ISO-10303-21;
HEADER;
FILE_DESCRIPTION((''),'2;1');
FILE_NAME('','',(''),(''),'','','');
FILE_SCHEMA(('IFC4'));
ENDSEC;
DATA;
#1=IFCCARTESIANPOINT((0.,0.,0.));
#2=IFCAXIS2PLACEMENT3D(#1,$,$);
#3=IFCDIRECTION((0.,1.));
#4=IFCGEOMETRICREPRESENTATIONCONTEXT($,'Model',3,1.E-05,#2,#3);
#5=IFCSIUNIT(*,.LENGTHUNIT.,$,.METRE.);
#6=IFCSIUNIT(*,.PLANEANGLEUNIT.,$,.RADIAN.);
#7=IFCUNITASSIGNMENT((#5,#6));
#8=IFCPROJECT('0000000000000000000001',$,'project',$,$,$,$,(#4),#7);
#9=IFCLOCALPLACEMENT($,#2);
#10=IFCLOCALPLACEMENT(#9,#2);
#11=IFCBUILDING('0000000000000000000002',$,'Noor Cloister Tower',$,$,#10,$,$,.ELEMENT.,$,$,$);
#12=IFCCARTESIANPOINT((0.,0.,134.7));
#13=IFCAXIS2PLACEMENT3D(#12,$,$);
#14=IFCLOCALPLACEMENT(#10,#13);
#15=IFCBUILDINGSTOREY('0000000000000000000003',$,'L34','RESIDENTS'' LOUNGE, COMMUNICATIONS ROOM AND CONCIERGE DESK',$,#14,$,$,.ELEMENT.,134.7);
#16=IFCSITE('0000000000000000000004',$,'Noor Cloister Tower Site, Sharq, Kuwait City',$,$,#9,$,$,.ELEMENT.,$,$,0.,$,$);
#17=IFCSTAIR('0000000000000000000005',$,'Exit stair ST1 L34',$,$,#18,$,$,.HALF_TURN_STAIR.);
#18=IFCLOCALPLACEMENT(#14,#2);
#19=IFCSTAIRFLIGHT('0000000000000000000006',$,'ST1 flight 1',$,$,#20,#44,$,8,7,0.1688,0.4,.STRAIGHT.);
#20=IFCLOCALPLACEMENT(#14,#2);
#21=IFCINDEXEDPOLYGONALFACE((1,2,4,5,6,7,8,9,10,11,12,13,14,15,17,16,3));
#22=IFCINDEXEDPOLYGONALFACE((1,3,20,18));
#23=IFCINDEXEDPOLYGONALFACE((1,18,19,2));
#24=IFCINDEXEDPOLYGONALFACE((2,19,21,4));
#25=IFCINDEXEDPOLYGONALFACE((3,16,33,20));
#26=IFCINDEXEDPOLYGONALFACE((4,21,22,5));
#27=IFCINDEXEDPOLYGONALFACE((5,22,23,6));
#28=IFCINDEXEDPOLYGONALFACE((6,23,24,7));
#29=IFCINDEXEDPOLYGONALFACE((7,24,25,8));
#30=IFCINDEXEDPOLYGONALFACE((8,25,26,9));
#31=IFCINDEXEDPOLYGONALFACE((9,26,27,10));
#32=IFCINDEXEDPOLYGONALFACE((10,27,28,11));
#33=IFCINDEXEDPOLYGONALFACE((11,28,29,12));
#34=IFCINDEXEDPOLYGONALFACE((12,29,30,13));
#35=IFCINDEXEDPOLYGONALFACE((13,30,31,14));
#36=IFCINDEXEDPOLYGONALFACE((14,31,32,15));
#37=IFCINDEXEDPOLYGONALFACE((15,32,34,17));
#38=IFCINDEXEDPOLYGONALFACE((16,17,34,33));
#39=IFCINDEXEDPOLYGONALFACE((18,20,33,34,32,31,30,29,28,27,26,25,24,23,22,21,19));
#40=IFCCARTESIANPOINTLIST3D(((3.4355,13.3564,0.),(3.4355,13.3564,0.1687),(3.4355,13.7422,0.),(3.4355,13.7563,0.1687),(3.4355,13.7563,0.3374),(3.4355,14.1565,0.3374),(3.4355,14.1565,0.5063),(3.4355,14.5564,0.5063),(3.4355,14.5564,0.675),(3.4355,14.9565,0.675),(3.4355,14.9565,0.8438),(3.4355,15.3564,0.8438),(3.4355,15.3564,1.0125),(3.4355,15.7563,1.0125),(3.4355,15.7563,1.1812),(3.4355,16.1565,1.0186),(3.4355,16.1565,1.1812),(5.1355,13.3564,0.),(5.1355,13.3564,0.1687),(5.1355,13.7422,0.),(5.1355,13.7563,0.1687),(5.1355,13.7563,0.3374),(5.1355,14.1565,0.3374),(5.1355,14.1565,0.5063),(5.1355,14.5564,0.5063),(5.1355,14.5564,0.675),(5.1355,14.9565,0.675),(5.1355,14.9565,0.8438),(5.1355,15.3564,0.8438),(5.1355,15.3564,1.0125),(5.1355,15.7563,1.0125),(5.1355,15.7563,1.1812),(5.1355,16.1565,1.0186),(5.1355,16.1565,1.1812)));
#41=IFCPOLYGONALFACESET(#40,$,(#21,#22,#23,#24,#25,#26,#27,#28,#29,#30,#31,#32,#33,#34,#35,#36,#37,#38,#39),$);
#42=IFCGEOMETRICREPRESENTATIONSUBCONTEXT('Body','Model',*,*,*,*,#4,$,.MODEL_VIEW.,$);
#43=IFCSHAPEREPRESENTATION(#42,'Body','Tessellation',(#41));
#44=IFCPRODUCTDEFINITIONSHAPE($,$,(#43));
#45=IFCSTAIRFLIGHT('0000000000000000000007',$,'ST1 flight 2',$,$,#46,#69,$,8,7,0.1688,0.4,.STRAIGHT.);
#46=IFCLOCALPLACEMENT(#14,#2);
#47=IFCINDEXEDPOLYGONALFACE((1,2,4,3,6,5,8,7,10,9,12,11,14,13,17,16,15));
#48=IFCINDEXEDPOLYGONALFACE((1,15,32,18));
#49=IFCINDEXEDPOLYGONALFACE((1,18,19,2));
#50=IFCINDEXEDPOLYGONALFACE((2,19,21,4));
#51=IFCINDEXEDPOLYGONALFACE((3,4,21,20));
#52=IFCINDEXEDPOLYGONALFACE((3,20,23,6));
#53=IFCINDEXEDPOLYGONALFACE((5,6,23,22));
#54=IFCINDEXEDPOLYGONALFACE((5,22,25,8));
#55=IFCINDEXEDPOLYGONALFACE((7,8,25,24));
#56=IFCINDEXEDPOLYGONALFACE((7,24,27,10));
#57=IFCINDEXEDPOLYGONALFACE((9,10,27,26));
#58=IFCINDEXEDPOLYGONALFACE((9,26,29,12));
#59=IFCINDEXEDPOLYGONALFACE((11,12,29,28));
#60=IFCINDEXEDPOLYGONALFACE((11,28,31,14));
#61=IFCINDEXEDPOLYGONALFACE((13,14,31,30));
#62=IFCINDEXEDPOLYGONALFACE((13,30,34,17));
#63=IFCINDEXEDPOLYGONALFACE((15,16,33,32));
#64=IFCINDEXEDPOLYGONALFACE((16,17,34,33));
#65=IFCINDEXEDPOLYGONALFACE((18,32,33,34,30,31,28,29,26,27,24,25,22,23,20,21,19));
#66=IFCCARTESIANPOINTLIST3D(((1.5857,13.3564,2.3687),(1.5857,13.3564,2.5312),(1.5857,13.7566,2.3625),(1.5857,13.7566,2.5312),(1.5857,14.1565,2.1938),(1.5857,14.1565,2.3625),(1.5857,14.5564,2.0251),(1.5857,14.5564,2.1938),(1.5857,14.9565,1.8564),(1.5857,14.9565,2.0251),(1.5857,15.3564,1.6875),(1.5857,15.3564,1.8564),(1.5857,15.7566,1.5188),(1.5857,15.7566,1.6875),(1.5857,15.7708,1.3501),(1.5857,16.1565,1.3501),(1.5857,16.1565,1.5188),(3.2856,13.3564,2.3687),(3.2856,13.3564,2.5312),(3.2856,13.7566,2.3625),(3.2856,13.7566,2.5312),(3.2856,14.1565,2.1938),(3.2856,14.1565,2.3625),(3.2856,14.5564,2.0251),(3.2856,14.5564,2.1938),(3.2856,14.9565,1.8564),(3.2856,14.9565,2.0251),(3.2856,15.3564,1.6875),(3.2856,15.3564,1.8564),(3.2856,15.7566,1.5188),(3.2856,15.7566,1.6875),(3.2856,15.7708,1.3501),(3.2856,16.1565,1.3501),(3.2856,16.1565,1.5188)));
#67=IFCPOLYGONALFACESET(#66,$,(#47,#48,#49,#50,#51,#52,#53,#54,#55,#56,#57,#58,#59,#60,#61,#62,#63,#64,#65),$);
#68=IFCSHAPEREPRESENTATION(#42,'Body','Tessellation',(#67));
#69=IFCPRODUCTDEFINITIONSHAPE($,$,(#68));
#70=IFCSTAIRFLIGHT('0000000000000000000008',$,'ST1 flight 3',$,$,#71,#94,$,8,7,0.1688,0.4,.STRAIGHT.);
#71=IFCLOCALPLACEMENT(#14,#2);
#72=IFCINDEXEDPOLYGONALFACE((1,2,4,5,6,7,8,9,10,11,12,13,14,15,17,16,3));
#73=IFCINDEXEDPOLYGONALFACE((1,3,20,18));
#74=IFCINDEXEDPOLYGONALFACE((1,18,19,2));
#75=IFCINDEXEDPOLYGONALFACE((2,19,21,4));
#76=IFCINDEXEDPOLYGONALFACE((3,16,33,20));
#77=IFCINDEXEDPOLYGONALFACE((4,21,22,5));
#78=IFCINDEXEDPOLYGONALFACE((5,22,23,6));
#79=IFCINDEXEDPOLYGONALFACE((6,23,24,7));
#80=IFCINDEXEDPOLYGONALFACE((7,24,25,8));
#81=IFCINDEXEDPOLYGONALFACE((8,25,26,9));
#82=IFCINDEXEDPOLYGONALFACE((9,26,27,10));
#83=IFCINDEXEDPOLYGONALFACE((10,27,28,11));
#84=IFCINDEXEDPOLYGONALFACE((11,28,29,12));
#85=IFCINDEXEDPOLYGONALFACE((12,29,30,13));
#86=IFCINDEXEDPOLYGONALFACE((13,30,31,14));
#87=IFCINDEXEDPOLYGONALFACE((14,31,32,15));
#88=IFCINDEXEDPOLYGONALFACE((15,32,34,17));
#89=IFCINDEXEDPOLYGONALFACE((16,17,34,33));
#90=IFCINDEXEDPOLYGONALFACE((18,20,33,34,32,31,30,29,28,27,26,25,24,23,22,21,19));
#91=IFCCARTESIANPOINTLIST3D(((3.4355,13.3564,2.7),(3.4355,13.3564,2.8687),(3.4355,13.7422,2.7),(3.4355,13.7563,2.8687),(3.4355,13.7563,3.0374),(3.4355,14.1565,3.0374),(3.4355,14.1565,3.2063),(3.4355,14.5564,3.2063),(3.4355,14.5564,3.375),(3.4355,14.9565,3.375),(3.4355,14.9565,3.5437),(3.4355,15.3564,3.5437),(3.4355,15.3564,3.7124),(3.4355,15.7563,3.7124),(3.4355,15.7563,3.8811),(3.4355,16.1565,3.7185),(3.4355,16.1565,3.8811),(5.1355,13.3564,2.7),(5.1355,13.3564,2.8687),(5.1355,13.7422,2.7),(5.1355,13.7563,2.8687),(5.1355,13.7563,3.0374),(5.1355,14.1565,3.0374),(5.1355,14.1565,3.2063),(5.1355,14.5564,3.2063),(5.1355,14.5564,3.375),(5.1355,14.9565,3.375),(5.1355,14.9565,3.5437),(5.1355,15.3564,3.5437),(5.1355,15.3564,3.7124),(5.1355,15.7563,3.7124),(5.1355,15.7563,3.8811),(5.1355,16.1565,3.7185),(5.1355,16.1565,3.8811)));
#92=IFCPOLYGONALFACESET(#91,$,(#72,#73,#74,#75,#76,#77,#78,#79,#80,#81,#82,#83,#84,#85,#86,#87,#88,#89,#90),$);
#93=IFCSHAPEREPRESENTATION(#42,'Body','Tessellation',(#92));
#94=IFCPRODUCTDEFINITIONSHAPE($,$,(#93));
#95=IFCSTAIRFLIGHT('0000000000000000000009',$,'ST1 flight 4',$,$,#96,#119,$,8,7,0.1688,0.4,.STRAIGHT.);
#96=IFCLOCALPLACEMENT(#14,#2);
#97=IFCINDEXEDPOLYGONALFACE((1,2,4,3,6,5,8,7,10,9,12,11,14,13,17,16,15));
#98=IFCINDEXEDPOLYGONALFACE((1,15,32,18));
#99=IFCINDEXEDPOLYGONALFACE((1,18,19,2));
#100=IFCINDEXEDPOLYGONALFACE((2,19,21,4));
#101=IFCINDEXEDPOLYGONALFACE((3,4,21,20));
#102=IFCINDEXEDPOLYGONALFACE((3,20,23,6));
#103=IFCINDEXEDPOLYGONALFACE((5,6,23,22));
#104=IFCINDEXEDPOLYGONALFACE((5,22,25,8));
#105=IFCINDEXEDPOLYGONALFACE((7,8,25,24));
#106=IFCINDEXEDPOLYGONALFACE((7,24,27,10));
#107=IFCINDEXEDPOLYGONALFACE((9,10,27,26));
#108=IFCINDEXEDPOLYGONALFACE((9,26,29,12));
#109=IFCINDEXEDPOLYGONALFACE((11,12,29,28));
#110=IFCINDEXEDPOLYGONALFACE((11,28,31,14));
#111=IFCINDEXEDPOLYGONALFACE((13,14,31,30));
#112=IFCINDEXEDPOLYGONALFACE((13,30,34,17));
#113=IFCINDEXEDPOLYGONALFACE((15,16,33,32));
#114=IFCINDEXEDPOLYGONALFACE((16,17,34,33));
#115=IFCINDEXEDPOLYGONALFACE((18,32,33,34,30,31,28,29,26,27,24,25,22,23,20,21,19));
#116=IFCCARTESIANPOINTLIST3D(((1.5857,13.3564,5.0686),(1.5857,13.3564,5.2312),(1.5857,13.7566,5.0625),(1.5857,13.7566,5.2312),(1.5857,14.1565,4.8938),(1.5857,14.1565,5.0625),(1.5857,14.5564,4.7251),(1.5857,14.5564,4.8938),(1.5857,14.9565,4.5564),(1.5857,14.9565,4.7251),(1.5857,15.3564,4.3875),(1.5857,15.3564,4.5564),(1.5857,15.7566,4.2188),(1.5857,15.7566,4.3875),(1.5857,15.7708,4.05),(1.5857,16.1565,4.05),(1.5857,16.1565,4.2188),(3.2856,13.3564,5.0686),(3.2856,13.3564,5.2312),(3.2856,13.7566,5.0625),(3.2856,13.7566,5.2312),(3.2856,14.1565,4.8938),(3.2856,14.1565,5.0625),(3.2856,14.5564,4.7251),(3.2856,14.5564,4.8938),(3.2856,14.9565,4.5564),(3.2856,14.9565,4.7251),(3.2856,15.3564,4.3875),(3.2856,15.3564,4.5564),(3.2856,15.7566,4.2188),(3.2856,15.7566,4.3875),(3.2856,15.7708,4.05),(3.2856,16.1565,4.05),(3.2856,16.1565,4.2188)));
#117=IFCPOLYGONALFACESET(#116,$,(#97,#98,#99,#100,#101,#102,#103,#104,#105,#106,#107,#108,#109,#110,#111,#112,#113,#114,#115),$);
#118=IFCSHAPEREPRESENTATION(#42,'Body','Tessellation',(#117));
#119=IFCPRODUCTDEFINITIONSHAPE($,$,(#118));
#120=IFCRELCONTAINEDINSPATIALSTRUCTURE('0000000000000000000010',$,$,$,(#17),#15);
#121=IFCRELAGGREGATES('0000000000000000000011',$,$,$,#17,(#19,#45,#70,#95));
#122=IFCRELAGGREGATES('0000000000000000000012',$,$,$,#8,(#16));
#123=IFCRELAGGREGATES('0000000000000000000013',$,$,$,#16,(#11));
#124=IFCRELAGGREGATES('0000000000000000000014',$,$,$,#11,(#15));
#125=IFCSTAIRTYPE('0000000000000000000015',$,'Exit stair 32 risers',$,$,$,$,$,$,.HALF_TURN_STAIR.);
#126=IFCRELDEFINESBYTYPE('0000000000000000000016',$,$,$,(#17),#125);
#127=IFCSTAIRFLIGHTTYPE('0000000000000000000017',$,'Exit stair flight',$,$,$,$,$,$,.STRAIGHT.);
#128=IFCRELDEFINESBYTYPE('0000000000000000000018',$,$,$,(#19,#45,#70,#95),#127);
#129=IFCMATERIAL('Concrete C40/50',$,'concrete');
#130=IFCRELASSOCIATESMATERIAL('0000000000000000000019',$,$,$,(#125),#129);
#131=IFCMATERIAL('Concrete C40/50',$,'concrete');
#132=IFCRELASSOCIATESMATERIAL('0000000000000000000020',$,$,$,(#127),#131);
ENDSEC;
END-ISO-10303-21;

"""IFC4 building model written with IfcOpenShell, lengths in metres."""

from ifc_helpers import new_model, si_unit, direction, frame, origin, place, context, subcontext, project, spatial, polyline, outline, extrude, material, type_object, element, aggregate, save


model = new_model("IFC4")

# Units and contexts
model_context = context("Model", 3, precision=1e-05, world=origin(), true_north=direction((0.0, 1.0)))
body_context = subcontext(model_context, "Body", "Model", "MODEL_VIEW")
ifc_project = project(units=[si_unit("LENGTHUNIT", "METRE"), si_unit("PLANEANGLEUNIT", "RADIAN")], contexts=[model_context])

# Site, building, storey
site_placement = place(None, origin())
site = spatial("IfcSite", under=ifc_project, at=site_placement, Name="Noor Cloister Tower Site, Sharq, Kuwait City", CompositionType="ELEMENT", RefElevation=0.0)
building_placement = place(site_placement, origin())
building = spatial("IfcBuilding", under=site, at=building_placement, Name="Noor Cloister Tower", CompositionType="ELEMENT")
storey_placement = place(building_placement, frame((0.0, 0.0, 134.7)))
storey = spatial("IfcBuildingStorey", under=building, at=storey_placement, Name="L34", Description="RESIDENTS' LOUNGE, COMMUNICATIONS ROOM AND CONCIERGE DESK", CompositionType="ELEMENT", Elevation=134.7)

# Stair, stair flights
ifc_material_1 = material(Name="Concrete C40/50", Category="concrete")
stair_type = type_object("IfcStairType", Name="Exit stair 32 risers", PredefinedType="HALF_TURN_STAIR", material=ifc_material_1)
stair_placement = place(storey_placement, origin())
stair = element("IfcStair", 1, at=stair_placement, inside=storey, type_object=stair_type, Name="Exit stair ST1 L34", PredefinedType="HALF_TURN_STAIR")
ifc_material_2 = material(Name="Concrete C40/50", Category="concrete")
stair_flight_type = type_object("IfcStairFlightType", Name="Exit stair flight", PredefinedType="STRAIGHT", material=ifc_material_2)
stair_flight_1_placement = place(storey_placement, frame((4.2856, 13.3564, 0.0), z_axis=(0.0, 0.0, 1.0), x_axis=(0.0, 1.0, 0.0)))
stair_flight_1 = element("IfcStairFlight", 2, at=stair_flight_1_placement, type_object=stair_flight_type, Name="ST1 flight 1", NumberOfRisers=8, NumberOfTreads=7, PredefinedType="STRAIGHT", RiserHeight=0.1688, TreadLength=0.4, context=body_context, shape_type="SweptSolid", body=[
    extrude(outline(polyline([(0.0, 0.0), (0.0, 0.1687), (0.3999, 0.1687), (0.3999, 0.3374), (0.8, 0.3374), (0.8, 0.5063), (1.2, 0.5063), (1.2, 0.675), (1.6001, 0.675), (1.6001, 0.8438), (2.0, 0.8438), (2.0, 1.0125), (2.3999, 1.0125), (2.3999, 1.1812), (2.8, 1.1812), (2.8, 1.3501), (2.8, 1.0186), (0.3857, 0.0), (0.0, 0.0)])), frame((0.0, 0.8501, 0.0), z_axis=(0.0, -1.0, 0.0), x_axis=(1.0, 0.0, 0.0)), (0.0, 0.0, 1.0), 1.7),
])
stair_flight_2_placement = place(storey_placement, frame((2.4355, 16.1565, 1.3501), z_axis=(0.0, 0.0, 1.0), x_axis=(0.0, -1.0, 0.0)))
stair_flight_2 = element("IfcStairFlight", 3, at=stair_flight_2_placement, type_object=stair_flight_type, Name="ST1 flight 2", NumberOfRisers=8, NumberOfTreads=7, PredefinedType="STRAIGHT", RiserHeight=0.1688, TreadLength=0.4, context=body_context, shape_type="SweptSolid", body=[
    extrude(outline(polyline([(0.0, 0.0), (0.0, 0.1687), (0.3999, 0.1687), (0.3999, 0.3374), (0.8, 0.3374), (0.8, 0.5063), (1.2, 0.5063), (1.2, 0.675), (1.6001, 0.675), (1.6001, 0.8438), (2.0, 0.8438), (2.0, 1.0125), (2.3999, 1.0125), (2.3999, 1.1812), (2.8, 1.1812), (2.8, 1.3501), (2.8, 1.0186), (0.3857, 0.0), (0.0, 0.0)])), frame((0.0, 0.8501, 0.0), z_axis=(0.0, -1.0, 0.0), x_axis=(1.0, 0.0, 0.0)), (0.0, 0.0, 1.0), 1.7),
])
stair_flight_3_placement = place(storey_placement, frame((4.2856, 13.3564, 2.7), z_axis=(0.0, 0.0, 1.0), x_axis=(0.0, 1.0, 0.0)))
stair_flight_3 = element("IfcStairFlight", 4, at=stair_flight_3_placement, type_object=stair_flight_type, Name="ST1 flight 3", NumberOfRisers=8, NumberOfTreads=7, PredefinedType="STRAIGHT", RiserHeight=0.1688, TreadLength=0.4, context=body_context, shape_type="SweptSolid", body=[
    extrude(outline(polyline([(0.0, 0.0), (0.0, 0.1687), (0.3999, 0.1687), (0.3999, 0.3374), (0.8, 0.3374), (0.8, 0.5063), (1.2, 0.5063), (1.2, 0.675), (1.6001, 0.675), (1.6001, 0.8438), (2.0, 0.8438), (2.0, 1.0125), (2.3999, 1.0125), (2.3999, 1.1812), (2.8, 1.1812), (2.8, 1.3501), (2.8, 1.0186), (0.3857, 0.0), (0.0, 0.0)])), frame((0.0, 0.8501, 0.0), z_axis=(0.0, -1.0, 0.0), x_axis=(1.0, 0.0, 0.0)), (0.0, 0.0, 1.0), 1.7),
])
stair_flight_4_placement = place(storey_placement, frame((2.4355, 16.1565, 4.05), z_axis=(0.0, 0.0, 1.0), x_axis=(0.0, -1.0, 0.0)))
stair_flight_4 = element("IfcStairFlight", 5, at=stair_flight_4_placement, type_object=stair_flight_type, Name="ST1 flight 4", NumberOfRisers=8, NumberOfTreads=7, PredefinedType="STRAIGHT", RiserHeight=0.1688, TreadLength=0.4, context=body_context, shape_type="SweptSolid", body=[
    extrude(outline(polyline([(0.0, 0.0), (0.0, 0.1687), (0.3999, 0.1687), (0.3999, 0.3374), (0.8, 0.3374), (0.8, 0.5063), (1.2, 0.5063), (1.2, 0.675), (1.6001, 0.675), (1.6001, 0.8438), (2.0, 0.8438), (2.0, 1.0125), (2.3999, 1.0125), (2.3999, 1.1812), (2.8, 1.1812), (2.8, 1.3501), (2.8, 1.0186), (0.3857, 0.0), (0.0, 0.0)])), frame((0.0, 0.8501, 0.0), z_axis=(0.0, -1.0, 0.0), x_axis=(1.0, 0.0, 0.0)), (0.0, 0.0, 1.0), 1.7),
])
aggregate(stair, [stair_flight_1, stair_flight_2, stair_flight_3, stair_flight_4])

save(model, "model.ifc")
